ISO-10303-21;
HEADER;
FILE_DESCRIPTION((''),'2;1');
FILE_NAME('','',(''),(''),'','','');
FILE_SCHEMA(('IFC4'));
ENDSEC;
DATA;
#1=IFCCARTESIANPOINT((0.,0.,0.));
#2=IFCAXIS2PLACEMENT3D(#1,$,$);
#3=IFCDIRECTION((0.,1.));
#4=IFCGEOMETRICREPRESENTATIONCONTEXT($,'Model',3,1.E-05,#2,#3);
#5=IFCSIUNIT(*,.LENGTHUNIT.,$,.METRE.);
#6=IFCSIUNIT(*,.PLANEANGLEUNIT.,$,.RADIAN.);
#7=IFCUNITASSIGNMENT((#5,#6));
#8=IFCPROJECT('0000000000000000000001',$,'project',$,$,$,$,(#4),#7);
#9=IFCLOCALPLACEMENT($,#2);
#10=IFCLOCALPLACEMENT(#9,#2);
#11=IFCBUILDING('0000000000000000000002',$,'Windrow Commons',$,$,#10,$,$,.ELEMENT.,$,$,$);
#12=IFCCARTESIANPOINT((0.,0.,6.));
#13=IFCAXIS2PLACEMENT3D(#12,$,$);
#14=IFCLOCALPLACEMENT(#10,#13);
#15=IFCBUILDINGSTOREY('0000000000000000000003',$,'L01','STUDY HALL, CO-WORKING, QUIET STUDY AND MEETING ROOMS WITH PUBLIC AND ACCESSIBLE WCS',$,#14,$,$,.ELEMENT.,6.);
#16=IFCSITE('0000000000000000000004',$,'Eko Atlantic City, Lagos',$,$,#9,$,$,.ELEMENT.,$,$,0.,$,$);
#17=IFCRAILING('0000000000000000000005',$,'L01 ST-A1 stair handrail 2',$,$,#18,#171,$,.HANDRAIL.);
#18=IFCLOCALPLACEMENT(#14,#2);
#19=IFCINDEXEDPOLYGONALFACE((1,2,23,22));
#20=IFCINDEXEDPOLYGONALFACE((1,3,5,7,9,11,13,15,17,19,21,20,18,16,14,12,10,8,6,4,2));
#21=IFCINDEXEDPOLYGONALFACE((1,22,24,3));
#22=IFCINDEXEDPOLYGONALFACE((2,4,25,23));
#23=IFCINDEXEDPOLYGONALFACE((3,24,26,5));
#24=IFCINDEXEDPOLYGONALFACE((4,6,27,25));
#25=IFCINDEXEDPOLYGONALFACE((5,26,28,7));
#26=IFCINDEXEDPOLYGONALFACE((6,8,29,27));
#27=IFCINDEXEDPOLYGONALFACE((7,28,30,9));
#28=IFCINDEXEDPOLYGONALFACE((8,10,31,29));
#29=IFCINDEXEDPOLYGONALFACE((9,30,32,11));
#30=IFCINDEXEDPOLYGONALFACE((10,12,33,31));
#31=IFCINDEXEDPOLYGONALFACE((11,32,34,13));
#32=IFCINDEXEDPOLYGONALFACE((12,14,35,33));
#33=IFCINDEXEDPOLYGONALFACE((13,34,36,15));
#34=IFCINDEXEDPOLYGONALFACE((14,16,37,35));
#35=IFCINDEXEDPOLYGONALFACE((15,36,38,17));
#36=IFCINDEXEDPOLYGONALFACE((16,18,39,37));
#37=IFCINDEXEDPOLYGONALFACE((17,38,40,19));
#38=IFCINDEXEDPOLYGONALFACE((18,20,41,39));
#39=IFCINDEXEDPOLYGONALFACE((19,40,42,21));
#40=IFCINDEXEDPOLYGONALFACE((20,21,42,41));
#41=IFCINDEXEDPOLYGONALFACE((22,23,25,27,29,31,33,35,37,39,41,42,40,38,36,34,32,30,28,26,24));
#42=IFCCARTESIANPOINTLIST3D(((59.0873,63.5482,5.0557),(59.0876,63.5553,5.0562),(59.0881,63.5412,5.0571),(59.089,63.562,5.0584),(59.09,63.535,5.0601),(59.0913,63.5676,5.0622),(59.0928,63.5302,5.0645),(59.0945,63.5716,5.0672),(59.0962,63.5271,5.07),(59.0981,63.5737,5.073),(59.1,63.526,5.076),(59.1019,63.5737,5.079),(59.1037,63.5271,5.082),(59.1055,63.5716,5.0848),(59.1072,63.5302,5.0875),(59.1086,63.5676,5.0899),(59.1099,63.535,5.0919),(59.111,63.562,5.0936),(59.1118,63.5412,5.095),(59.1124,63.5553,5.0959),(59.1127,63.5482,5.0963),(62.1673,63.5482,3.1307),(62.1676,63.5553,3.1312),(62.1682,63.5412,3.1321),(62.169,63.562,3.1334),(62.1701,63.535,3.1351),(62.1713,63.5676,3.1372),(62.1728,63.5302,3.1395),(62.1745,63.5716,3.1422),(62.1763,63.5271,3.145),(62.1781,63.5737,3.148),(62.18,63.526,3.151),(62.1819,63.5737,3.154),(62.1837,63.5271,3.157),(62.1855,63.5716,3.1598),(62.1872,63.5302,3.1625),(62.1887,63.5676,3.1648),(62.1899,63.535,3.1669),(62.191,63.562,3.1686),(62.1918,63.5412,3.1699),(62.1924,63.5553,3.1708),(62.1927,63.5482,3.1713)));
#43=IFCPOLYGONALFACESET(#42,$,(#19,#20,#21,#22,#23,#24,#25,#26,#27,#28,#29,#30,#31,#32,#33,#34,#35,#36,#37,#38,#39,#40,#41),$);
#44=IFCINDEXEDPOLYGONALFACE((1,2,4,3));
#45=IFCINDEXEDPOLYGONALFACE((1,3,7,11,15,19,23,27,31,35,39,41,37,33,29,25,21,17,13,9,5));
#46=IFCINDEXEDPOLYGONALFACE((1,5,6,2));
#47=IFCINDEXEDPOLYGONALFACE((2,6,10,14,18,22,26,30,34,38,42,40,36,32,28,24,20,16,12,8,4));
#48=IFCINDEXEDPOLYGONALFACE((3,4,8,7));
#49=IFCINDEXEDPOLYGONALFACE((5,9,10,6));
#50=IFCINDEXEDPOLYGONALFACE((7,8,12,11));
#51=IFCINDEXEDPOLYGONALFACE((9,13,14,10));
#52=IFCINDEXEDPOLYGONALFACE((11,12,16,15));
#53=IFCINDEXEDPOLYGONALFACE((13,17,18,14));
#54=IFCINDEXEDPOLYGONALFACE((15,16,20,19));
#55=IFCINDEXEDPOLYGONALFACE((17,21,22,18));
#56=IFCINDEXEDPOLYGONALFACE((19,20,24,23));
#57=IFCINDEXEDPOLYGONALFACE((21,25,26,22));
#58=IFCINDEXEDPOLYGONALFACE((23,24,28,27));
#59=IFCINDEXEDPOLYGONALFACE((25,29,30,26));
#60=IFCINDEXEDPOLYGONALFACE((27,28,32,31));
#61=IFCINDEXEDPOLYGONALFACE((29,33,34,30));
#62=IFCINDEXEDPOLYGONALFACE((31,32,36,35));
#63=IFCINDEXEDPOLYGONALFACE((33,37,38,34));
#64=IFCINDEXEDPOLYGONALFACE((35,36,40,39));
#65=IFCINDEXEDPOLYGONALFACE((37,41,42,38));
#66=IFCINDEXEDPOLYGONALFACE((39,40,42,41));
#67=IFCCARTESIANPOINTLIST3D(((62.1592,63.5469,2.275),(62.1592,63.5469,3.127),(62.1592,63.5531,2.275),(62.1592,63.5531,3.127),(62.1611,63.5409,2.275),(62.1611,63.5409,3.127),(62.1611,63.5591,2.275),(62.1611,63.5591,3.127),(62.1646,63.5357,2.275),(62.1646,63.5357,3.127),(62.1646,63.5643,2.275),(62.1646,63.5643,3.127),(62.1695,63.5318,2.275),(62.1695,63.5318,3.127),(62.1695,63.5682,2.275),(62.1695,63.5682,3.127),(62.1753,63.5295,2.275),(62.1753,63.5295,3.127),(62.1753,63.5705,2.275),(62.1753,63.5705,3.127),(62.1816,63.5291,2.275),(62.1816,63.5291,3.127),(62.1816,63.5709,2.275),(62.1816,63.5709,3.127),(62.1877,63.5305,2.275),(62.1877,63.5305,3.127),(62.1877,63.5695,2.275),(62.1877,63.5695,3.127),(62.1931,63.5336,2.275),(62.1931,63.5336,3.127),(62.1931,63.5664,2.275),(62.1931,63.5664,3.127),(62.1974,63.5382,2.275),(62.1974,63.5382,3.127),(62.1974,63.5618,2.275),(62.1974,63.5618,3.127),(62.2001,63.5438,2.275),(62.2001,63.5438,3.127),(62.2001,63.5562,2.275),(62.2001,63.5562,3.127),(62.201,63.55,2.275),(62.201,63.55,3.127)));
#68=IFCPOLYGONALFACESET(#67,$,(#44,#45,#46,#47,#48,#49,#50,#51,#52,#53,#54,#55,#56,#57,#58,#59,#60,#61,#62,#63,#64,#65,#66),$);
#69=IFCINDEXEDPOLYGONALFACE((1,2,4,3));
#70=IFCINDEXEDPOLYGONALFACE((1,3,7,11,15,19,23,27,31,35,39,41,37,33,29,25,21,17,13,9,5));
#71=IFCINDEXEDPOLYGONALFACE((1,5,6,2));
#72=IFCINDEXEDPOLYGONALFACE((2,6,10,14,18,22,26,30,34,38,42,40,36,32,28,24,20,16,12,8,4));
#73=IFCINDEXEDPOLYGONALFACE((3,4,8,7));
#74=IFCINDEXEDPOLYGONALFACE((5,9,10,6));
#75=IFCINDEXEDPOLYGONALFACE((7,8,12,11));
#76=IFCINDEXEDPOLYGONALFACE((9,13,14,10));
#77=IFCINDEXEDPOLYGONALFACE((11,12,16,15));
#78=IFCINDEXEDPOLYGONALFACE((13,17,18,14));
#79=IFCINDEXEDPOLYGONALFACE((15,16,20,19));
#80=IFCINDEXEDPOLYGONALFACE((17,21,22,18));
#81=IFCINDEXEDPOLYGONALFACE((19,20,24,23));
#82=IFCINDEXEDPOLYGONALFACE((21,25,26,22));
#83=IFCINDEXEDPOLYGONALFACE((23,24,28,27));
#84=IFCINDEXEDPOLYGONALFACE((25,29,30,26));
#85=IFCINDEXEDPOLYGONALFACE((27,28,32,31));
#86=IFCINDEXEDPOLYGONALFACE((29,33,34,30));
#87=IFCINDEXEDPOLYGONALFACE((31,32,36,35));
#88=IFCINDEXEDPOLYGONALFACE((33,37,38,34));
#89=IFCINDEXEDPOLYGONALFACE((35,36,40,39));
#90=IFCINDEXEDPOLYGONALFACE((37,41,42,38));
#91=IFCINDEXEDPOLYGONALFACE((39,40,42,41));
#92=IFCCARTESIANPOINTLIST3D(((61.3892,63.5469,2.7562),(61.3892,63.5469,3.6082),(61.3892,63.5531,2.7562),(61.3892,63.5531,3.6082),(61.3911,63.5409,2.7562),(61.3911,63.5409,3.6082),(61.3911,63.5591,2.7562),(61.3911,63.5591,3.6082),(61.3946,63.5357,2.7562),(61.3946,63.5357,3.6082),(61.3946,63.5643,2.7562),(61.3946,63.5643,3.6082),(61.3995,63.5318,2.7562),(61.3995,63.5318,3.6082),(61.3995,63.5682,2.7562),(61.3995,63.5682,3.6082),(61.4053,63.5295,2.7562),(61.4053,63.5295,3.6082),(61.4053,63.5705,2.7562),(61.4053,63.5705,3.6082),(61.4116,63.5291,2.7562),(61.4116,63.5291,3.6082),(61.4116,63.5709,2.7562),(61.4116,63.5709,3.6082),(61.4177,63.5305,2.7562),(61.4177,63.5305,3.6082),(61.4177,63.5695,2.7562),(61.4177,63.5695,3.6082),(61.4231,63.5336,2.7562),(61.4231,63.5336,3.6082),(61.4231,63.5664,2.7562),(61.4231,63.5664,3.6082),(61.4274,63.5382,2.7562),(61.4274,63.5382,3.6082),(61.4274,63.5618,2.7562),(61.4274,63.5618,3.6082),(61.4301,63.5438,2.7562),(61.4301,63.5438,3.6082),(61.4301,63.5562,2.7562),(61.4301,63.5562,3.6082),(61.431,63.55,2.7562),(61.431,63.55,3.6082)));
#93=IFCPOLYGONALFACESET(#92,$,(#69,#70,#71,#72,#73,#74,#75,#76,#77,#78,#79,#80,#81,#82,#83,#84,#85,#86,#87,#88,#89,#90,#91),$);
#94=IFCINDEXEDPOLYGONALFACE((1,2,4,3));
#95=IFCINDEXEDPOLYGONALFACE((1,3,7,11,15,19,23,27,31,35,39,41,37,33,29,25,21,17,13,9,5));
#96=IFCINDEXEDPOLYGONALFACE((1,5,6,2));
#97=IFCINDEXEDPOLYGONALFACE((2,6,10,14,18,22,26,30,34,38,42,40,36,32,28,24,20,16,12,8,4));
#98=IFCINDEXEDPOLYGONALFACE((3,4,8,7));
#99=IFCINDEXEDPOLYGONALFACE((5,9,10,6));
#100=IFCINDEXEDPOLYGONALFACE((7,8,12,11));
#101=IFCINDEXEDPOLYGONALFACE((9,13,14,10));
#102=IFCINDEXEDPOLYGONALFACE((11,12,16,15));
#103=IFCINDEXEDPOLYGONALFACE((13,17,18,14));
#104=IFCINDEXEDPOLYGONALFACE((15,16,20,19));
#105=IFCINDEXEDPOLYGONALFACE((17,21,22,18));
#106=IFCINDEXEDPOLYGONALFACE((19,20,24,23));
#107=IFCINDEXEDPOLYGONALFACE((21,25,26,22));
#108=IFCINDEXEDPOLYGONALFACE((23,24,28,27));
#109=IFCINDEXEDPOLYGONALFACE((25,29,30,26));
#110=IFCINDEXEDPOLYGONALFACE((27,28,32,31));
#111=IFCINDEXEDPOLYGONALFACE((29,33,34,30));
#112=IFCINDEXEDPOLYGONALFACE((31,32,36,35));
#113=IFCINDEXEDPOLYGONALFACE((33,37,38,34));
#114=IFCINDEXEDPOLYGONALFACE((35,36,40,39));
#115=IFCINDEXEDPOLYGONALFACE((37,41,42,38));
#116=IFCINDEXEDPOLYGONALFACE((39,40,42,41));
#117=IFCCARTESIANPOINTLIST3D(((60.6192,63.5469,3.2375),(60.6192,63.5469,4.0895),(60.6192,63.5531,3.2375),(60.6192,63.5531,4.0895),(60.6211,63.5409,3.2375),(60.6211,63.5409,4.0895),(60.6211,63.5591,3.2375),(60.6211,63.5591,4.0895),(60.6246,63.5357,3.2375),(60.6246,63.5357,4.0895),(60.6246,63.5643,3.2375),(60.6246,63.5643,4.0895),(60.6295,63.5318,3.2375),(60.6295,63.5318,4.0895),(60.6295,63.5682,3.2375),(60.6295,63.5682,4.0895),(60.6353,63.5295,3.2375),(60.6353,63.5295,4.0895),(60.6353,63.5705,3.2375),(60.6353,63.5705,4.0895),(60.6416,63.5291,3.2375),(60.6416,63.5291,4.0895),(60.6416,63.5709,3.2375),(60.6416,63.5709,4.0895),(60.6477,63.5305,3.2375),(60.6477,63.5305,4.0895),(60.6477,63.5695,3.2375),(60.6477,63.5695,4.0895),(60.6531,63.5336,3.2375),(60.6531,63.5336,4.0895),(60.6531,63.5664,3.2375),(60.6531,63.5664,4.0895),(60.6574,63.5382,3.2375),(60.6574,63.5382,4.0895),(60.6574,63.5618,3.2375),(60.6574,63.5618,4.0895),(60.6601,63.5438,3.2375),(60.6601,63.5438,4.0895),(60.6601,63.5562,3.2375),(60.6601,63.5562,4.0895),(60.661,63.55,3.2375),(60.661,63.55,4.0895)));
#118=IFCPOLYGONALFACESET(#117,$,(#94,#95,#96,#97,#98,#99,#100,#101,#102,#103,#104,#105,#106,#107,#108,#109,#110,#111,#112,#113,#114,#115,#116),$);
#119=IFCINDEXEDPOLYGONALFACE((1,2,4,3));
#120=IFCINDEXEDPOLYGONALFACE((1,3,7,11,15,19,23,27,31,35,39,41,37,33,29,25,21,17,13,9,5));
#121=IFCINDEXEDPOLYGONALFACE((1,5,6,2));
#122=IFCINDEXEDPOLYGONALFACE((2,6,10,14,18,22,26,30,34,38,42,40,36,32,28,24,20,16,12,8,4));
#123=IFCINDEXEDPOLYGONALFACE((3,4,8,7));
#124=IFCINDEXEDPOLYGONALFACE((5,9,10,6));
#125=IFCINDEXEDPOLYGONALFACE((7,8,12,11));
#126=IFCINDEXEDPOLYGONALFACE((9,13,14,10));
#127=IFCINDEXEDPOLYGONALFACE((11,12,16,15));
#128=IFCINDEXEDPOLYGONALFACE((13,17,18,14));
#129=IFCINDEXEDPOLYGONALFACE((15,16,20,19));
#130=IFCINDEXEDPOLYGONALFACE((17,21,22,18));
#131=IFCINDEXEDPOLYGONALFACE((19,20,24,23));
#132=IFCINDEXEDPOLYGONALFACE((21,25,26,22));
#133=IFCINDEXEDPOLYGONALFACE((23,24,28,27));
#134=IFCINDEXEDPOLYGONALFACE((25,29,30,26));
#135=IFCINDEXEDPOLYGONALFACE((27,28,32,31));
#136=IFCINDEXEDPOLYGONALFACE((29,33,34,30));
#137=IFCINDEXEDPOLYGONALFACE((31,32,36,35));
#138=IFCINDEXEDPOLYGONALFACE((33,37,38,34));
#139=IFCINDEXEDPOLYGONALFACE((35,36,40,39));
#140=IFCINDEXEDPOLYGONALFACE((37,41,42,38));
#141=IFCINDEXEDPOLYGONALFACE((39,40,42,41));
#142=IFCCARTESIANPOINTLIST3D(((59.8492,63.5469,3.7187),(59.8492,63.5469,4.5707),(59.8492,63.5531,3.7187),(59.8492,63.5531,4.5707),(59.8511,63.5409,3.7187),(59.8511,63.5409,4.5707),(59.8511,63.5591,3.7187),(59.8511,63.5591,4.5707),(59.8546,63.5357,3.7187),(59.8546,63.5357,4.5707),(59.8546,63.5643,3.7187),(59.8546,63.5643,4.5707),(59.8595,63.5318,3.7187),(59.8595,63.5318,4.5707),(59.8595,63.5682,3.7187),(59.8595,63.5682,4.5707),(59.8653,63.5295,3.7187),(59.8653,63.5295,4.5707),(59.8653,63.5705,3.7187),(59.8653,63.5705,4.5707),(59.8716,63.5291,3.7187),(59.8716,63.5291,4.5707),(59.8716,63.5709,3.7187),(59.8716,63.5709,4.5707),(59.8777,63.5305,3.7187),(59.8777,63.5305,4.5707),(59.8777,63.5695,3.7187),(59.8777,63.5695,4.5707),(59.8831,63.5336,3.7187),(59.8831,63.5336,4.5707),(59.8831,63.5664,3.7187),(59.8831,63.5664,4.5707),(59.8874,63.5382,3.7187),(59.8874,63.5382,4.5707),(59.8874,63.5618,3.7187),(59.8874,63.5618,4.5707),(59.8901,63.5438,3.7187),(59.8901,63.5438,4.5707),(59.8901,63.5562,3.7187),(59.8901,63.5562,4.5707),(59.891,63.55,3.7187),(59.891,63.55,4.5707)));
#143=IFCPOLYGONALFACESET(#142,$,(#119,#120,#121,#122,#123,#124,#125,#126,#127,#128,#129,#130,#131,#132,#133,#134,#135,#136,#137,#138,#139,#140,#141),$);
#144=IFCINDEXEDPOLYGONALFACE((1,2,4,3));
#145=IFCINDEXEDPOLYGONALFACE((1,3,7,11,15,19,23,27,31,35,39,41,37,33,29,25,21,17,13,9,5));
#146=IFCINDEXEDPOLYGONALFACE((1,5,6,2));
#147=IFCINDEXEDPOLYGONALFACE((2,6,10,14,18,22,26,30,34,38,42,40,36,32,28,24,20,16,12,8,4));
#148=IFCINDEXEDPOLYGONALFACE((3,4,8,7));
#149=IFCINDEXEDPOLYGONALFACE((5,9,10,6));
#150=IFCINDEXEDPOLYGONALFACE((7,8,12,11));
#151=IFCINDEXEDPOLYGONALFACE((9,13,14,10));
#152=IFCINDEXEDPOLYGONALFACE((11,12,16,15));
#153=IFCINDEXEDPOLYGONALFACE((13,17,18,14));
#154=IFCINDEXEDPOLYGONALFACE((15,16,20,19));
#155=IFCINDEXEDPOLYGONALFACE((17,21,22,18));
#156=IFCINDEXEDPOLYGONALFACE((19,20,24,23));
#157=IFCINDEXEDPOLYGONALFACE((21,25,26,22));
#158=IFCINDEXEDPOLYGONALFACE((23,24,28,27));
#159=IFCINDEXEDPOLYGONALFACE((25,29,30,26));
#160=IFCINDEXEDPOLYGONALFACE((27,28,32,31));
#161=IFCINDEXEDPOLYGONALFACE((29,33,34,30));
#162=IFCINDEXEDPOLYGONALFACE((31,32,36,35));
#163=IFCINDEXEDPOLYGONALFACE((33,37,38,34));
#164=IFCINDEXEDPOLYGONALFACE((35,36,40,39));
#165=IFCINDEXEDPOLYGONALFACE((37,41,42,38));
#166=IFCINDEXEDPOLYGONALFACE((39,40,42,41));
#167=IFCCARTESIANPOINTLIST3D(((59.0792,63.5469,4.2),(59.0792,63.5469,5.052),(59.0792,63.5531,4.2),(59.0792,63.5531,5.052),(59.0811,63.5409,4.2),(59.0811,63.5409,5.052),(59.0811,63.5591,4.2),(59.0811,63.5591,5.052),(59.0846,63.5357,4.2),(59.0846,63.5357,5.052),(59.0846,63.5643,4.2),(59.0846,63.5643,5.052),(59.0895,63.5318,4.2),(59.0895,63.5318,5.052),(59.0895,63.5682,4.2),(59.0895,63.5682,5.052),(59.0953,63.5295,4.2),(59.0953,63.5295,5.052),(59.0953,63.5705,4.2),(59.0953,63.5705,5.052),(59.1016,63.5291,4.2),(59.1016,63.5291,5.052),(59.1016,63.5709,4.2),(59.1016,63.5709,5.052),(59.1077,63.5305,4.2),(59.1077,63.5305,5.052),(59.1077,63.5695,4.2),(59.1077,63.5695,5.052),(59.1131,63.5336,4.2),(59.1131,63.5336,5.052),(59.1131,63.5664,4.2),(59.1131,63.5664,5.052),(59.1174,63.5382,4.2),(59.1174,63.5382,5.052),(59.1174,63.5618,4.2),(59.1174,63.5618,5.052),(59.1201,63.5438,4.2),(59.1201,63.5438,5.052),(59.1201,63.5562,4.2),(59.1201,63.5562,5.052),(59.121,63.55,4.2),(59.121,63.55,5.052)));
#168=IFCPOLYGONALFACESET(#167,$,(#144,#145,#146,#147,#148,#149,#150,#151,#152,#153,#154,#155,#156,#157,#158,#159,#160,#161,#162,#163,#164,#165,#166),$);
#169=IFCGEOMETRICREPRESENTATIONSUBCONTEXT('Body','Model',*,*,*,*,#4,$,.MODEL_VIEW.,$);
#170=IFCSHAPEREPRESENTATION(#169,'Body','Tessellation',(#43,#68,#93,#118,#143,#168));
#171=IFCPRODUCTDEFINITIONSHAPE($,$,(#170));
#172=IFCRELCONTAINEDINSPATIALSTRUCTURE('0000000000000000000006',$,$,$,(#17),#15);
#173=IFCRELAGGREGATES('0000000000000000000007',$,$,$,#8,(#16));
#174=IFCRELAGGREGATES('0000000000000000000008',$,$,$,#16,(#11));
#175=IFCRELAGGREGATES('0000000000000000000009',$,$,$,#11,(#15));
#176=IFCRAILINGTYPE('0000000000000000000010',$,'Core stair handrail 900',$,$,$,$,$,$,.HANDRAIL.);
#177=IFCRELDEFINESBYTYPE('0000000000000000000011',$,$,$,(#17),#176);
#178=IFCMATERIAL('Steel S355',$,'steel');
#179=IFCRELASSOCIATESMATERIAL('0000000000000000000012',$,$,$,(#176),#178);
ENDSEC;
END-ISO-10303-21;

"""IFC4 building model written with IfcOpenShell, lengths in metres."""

from ifc_helpers import new_model, si_unit, direction, frame, origin, origin_2d, place, context, subcontext, project, spatial, circle, extrude, material, type_object, element, save


model = new_model("IFC4")

# Units and contexts
model_context = context("Model", 3, precision=1e-05, world=origin(), true_north=direction((0.0, 1.0)))
body_context = subcontext(model_context, "Body", "Model", "MODEL_VIEW")
ifc_project = project(units=[si_unit("LENGTHUNIT", "METRE"), si_unit("PLANEANGLEUNIT", "RADIAN")], contexts=[model_context])

# Site, building, storey
site_placement = place(None, origin())
site = spatial("IfcSite", under=ifc_project, at=site_placement, Name="Eko Atlantic City, Lagos", CompositionType="ELEMENT", RefElevation=0.0)
building_placement = place(site_placement, origin())
building = spatial("IfcBuilding", under=site, at=building_placement, Name="Windrow Commons", CompositionType="ELEMENT")
storey_placement = place(building_placement, frame((0.0, 0.0, 6.0)))
storey = spatial("IfcBuildingStorey", under=building, at=storey_placement, Name="L01", Description="STUDY HALL, CO-WORKING, QUIET STUDY AND MEETING ROOMS WITH PUBLIC AND ACCESSIBLE WCS", CompositionType="ELEMENT", Elevation=6.0)

# Railing
ifc_material_1 = material(Name="Steel S355", Category="steel")
railing_type_1 = type_object("IfcRailingType", Name="Core stair handrail 900", PredefinedType="HANDRAIL", material=ifc_material_1)
for number, where, name in (
    (1, (62.18, 63.55, 2.275), "L01 ST-A1 stair handrail 2"),
):
    element("IfcRailing", number, at=place(storey_placement, frame(where)), inside=storey, type_object=railing_type_1, Name=name, PredefinedType="HANDRAIL", context=body_context, shape_type="SweptSolid", body=[
        extrude(circle(Radius=0.024, at=origin_2d()), frame((0.0, 0.0, 0.876), z_axis=(-0.847998, 0.0, 0.529999), x_axis=(0.0, -1.0, 0.0)), (0.0, 0.0, 1.0), 3.6321),
        extrude(circle(Radius=0.021, at=origin_2d()), origin(), (0.0, 0.0, 1.0), 0.852),
        extrude(circle(Radius=0.021, at=origin_2d()), frame((-0.77, 0.0, 0.4812)), (0.0, 0.0, 1.0), 0.852),
        extrude(circle(Radius=0.021, at=origin_2d()), frame((-1.54, 0.0, 0.9625)), (0.0, 0.0, 1.0), 0.852),
        extrude(circle(Radius=0.021, at=origin_2d()), frame((-2.31, 0.0, 1.4437)), (0.0, 0.0, 1.0), 0.852),
        extrude(circle(Radius=0.021, at=origin_2d()), frame((-3.08, 0.0, 1.925)), (0.0, 0.0, 1.0), 0.852),
    ])

save(model, "model.ifc")
